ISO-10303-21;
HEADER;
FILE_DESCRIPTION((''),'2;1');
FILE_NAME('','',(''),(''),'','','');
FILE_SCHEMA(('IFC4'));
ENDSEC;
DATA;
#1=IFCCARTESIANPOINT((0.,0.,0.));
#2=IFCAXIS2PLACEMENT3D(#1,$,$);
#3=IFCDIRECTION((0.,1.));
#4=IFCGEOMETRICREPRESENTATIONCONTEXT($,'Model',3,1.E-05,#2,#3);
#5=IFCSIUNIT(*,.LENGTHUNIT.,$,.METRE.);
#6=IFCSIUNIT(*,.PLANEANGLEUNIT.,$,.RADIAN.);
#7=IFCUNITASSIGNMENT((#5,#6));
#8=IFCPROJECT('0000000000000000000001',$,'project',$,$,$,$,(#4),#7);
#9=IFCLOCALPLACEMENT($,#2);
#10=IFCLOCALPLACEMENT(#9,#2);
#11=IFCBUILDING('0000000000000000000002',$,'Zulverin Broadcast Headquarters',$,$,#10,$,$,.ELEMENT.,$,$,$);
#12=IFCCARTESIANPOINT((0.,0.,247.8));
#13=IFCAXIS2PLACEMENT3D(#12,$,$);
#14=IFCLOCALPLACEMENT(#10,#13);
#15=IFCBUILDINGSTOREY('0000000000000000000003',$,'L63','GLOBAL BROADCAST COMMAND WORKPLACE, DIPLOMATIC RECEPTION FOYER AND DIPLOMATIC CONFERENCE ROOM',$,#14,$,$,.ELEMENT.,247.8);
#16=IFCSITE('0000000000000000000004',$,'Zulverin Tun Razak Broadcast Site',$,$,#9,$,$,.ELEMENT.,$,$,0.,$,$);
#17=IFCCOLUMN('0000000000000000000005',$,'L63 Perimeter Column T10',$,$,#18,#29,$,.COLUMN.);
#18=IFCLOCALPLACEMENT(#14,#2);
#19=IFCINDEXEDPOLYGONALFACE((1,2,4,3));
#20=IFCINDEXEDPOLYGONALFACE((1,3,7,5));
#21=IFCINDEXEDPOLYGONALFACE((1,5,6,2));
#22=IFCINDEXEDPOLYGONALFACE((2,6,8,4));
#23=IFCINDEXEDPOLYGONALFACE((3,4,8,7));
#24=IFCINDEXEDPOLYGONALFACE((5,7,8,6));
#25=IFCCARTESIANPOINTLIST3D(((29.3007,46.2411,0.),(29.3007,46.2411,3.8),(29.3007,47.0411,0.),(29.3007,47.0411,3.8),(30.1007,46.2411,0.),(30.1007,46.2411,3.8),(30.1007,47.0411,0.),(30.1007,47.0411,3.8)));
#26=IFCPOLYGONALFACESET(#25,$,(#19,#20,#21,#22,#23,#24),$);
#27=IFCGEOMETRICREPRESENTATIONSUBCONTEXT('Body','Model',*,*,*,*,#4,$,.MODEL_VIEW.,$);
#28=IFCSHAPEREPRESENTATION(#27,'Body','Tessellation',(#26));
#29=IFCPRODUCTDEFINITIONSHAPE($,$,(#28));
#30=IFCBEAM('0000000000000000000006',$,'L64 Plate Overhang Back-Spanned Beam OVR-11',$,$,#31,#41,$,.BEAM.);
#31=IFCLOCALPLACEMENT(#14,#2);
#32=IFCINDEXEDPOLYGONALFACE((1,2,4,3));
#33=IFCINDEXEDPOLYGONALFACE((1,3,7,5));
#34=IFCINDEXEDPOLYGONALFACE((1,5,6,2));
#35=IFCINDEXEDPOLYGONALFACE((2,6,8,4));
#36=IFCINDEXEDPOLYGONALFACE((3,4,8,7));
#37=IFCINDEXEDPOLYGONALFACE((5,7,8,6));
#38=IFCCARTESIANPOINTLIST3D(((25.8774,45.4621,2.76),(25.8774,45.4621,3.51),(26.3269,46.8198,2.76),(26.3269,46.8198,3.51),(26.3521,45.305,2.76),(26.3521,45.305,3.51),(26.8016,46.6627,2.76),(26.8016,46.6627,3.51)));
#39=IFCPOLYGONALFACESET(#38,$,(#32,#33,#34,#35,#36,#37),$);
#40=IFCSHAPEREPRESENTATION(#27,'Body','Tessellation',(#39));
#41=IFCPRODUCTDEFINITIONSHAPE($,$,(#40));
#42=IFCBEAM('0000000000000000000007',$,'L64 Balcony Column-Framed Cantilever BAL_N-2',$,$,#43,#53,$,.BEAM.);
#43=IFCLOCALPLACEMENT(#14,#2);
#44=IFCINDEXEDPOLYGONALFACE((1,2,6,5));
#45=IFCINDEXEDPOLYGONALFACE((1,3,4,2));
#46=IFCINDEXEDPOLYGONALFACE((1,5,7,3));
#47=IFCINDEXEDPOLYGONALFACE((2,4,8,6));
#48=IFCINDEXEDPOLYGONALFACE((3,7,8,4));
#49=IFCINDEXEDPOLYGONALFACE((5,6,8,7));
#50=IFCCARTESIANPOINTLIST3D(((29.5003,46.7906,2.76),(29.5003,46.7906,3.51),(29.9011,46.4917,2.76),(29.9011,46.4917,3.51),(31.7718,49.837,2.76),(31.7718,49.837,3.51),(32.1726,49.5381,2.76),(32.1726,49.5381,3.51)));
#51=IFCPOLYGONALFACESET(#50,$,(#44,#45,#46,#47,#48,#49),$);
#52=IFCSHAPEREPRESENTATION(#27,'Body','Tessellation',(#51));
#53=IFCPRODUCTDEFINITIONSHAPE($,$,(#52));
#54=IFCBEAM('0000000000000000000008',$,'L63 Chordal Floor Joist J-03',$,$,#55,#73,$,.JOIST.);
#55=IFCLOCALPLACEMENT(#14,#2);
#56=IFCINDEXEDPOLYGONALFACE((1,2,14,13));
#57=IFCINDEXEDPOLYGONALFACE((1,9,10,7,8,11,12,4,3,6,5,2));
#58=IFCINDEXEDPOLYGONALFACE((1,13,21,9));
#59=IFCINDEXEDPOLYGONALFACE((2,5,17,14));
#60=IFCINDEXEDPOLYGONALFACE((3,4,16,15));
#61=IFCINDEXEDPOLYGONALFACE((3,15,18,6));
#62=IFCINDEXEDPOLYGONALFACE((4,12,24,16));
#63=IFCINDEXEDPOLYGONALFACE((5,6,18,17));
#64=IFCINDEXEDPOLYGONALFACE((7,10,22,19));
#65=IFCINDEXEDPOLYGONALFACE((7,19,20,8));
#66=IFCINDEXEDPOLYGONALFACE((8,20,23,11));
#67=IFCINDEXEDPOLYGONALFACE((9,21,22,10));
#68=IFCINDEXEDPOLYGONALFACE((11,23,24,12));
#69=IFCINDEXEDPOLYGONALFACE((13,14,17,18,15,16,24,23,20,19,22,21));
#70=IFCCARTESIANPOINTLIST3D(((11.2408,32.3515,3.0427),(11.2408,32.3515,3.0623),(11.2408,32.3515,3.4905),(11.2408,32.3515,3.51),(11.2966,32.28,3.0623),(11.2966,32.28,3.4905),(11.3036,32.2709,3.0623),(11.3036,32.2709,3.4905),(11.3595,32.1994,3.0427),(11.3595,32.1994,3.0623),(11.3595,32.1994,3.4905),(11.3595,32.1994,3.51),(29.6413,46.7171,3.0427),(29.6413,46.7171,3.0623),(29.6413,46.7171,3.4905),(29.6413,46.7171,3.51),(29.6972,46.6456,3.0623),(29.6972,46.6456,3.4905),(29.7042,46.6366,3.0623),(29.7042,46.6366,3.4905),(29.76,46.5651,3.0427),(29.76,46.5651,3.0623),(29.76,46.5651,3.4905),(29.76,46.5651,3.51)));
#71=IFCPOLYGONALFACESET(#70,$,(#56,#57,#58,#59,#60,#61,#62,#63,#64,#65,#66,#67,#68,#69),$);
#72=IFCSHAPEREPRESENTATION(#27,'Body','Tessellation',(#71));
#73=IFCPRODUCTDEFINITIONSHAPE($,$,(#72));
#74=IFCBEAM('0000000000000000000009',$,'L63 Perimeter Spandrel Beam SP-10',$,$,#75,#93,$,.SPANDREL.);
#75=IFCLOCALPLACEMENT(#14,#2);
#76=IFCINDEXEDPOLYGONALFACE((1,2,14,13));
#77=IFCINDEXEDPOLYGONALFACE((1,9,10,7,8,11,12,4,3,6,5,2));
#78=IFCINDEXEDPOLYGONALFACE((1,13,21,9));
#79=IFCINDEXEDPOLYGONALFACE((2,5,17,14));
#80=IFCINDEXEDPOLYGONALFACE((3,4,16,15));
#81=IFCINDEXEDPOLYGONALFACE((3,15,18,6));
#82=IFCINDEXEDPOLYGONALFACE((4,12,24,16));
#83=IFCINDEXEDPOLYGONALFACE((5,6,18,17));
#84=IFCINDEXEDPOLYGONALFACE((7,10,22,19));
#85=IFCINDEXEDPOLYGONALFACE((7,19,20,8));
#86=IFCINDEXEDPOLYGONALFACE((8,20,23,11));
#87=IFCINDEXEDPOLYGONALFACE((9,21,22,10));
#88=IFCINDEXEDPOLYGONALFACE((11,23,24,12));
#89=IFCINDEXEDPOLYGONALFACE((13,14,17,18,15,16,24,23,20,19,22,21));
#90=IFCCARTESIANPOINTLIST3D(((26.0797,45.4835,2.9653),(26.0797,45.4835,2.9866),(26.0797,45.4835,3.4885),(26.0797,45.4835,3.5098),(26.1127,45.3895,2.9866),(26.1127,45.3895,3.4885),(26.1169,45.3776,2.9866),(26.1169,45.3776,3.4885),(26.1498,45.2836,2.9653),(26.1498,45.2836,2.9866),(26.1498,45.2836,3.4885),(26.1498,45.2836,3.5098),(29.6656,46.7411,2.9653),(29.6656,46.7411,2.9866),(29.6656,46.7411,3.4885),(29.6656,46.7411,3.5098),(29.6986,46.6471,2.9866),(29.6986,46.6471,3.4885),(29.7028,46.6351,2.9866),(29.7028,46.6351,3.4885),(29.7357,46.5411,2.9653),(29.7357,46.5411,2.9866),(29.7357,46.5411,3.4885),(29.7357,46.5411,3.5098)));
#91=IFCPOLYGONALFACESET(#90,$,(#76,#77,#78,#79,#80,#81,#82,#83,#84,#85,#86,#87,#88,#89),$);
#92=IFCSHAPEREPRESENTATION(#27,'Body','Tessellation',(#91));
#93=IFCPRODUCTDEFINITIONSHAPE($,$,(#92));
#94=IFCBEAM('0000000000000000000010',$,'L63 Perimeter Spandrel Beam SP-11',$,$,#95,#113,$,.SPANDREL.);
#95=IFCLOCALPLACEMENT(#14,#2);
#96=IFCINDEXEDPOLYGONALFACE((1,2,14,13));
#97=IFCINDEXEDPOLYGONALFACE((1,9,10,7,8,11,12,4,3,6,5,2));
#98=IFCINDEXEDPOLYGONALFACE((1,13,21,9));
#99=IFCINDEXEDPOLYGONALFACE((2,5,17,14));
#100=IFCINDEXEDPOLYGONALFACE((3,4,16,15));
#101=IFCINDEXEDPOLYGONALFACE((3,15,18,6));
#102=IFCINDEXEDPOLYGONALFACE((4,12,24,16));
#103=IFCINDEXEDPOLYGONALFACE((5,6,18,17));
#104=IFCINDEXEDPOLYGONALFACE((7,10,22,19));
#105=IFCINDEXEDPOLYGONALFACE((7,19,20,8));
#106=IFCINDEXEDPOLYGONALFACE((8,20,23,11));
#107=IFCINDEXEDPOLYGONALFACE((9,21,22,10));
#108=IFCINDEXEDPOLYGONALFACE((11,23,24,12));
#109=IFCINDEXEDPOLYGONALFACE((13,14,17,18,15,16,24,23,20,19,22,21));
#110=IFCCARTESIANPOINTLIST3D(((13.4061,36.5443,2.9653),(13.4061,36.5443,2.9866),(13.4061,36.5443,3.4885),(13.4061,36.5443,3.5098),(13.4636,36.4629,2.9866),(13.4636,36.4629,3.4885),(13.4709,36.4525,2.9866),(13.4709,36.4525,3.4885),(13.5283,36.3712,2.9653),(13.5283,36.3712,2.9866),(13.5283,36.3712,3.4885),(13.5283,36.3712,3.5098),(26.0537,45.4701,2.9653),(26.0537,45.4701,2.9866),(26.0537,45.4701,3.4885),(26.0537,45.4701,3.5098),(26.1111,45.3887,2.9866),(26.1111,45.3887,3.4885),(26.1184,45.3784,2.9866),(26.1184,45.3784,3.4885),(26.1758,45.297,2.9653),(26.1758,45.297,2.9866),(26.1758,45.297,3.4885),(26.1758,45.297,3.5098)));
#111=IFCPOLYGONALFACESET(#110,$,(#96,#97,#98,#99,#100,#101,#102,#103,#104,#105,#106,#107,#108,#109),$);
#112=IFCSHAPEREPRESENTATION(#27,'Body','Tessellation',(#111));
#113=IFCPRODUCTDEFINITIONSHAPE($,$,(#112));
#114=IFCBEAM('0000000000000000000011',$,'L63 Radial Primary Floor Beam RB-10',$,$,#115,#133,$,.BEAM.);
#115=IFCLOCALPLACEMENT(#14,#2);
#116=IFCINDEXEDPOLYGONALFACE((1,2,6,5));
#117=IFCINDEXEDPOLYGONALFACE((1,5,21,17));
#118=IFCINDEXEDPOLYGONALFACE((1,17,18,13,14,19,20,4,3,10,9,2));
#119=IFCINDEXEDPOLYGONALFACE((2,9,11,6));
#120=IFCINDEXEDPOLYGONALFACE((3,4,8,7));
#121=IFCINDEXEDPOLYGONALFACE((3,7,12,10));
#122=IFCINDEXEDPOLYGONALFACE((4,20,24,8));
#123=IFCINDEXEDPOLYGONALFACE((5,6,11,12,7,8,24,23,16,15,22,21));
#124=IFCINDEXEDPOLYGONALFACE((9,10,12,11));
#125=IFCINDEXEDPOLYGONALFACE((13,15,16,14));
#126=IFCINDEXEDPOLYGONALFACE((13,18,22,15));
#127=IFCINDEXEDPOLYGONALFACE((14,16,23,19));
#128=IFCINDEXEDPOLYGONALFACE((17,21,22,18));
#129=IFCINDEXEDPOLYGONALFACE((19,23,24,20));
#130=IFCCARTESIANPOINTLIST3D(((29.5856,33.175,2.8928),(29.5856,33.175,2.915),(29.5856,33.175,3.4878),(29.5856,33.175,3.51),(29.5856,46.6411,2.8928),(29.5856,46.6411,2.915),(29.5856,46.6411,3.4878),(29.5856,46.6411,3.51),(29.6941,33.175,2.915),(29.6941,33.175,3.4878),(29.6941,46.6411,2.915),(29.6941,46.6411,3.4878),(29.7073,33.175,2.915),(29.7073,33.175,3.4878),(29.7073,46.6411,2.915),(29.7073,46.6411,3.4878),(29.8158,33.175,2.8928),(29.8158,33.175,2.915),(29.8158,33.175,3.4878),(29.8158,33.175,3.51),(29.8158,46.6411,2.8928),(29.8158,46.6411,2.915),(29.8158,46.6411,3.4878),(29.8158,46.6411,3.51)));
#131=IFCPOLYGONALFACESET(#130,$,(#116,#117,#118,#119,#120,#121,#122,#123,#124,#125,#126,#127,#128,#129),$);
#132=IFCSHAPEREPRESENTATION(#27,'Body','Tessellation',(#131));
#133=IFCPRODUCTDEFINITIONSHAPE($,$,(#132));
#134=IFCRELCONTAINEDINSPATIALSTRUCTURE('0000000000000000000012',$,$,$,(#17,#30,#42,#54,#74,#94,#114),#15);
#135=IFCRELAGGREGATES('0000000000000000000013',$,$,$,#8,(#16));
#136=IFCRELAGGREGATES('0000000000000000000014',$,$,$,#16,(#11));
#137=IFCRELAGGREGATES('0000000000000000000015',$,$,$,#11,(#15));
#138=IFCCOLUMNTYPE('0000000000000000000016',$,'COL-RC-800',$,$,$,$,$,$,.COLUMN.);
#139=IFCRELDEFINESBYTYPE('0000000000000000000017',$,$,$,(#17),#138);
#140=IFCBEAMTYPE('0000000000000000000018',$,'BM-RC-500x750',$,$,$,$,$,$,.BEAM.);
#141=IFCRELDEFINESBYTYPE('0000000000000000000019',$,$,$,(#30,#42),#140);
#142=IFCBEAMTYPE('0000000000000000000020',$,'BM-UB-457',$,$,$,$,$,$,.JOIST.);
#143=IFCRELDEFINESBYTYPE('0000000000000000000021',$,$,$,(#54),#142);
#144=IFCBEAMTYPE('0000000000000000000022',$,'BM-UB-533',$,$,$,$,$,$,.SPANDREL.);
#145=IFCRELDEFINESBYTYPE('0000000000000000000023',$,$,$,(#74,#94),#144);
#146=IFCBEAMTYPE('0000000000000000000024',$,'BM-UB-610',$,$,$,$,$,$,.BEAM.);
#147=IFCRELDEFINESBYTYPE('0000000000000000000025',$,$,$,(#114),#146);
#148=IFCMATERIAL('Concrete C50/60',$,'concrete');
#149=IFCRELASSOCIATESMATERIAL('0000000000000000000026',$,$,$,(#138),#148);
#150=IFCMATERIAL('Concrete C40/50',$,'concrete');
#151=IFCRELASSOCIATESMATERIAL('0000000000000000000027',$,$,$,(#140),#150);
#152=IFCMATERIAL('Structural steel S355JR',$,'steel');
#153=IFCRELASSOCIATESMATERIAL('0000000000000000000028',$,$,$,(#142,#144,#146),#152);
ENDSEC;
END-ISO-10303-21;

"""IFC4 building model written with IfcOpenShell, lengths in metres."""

from ifc_helpers import new_model, si_unit, direction, frame, origin, origin_2d, place, context, subcontext, project, spatial, rectangle, i_section, extrude, material, material_profile, profile_set, type_object, element, save


model = new_model("IFC4")

# Units and contexts
model_context = context("Model", 3, precision=1e-05, world=origin(), true_north=direction((0.0, 1.0)))
body_context = subcontext(model_context, "Body", "Model", "MODEL_VIEW")
ifc_project = project(units=[si_unit("LENGTHUNIT", "METRE"), si_unit("PLANEANGLEUNIT", "RADIAN")], contexts=[model_context])

# Site, building, storey
site_placement = place(None, origin())
site = spatial("IfcSite", under=ifc_project, at=site_placement, Name="Zulverin Tun Razak Broadcast Site", CompositionType="ELEMENT", RefElevation=0.0)
building_placement = place(site_placement, origin())
building = spatial("IfcBuilding", under=site, at=building_placement, Name="Zulverin Broadcast Headquarters", CompositionType="ELEMENT")
storey_placement = place(building_placement, frame((0.0, 0.0, 247.8)))
storey = spatial("IfcBuildingStorey", under=building, at=storey_placement, Name="L63", Description="GLOBAL BROADCAST COMMAND WORKPLACE, DIPLOMATIC RECEPTION FOYER AND DIPLOMATIC CONFERENCE ROOM", CompositionType="ELEMENT", Elevation=247.8)

# Column
ifc_material_1 = material(Name="Concrete C50/60", Category="concrete")
ifc_material_profile_1 = material_profile(ifc_material_1, rectangle(XDim=0.8, YDim=0.8, at=origin_2d()), Name="Concrete C50/60", Category="concrete")
ifc_profile_set_1 = profile_set([ifc_material_profile_1], Name="Concrete C50/60")
column_type = type_object("IfcColumnType", Name="COL-RC-800", PredefinedType="COLUMN", material=ifc_profile_set_1)
column_placement = place(storey_placement, frame((29.7007, 46.6411, 0.0), z_axis=(0.0, 0.0, 1.0), x_axis=(1.0, 0.0, 0.0)))
element("IfcColumn", 1, at=column_placement, inside=storey, type_object=column_type, Name="L63 Perimeter Column T10", PredefinedType="COLUMN", context=body_context, shape_type="SweptSolid", body=[
    extrude(rectangle(XDim=0.8, YDim=0.8, at=origin_2d()), origin(), (0.0, 0.0, 1.0), 3.8),
])

# Beams
ifc_material_2 = material(Name="Concrete C40/50", Category="concrete")
ifc_material_profile_2 = material_profile(ifc_material_2, rectangle(XDim=0.5, YDim=0.75, at=origin_2d()), Name="Concrete C40/50", Category="concrete")
ifc_profile_set_2 = profile_set([ifc_material_profile_2], Name="Concrete C40/50")
beam_type_1 = type_object("IfcBeamType", Name="BM-RC-500x750", PredefinedType="BEAM", material=ifc_profile_set_2)
beam_1_placement = place(storey_placement, frame((26.1147, 45.3835, 3.135), z_axis=(0.314281, 0.94933, 0.0), x_axis=(-0.94933, 0.314281, 0.0)))
element("IfcBeam", 2, at=beam_1_placement, inside=storey, type_object=beam_type_1, Name="L64 Plate Overhang Back-Spanned Beam OVR-11", PredefinedType="BEAM", context=body_context, shape_type="SweptSolid", body=[
    extrude(rectangle(XDim=0.5, YDim=0.75, at=origin_2d()), origin(), (0.0, 0.0, 1.0), 1.4302),
])
beam_2_placement = place(storey_placement, frame((29.7007, 46.6411, 3.135), z_axis=(0.597757, 0.801678, 0.0), x_axis=(-0.801678, 0.597757, 0.0)))
element("IfcBeam", 3, at=beam_2_placement, inside=storey, type_object=beam_type_1, Name="L64 Balcony Column-Framed Cantilever BAL_N-2", PredefinedType="BEAM", context=body_context, shape_type="SweptSolid", body=[
    extrude(rectangle(XDim=0.5, YDim=0.75, at=origin_2d()), origin(), (0.0, 0.0, 1.0), 3.8),
])
ifc_material_3 = material(Name="Structural steel S355JR", Category="steel")
ifc_material_profile_3 = material_profile(ifc_material_3, i_section(OverallWidth=0.1929, OverallDepth=0.4673, WebThickness=0.0115, FlangeThickness=0.0195, at=origin_2d()), Name="Structural steel S355JR", Category="steel")
ifc_profile_set_3 = profile_set([ifc_material_profile_3], Name="Structural steel S355JR")
beam_type_2 = type_object("IfcBeamType", Name="BM-UB-457", PredefinedType="JOIST", material=ifc_profile_set_3)
beam_3_placement = place(storey_placement, frame((29.7007, 46.6411, 3.2764), z_axis=(-0.788227, -0.615384, 0.0), x_axis=(0.615384, -0.788227, 0.0)))
element("IfcBeam", 4, at=beam_3_placement, inside=storey, type_object=beam_type_2, Name="L63 Chordal Floor Joist J-03", PredefinedType="JOIST", context=body_context, shape_type="SweptSolid", body=[
    extrude(i_section(OverallWidth=0.1929, OverallDepth=0.4673, WebThickness=0.0115, FlangeThickness=0.0195, at=origin_2d()), origin(), (0.0, 0.0, 1.0), 23.3442),
])
ifc_material_profile_4 = material_profile(ifc_material_3, i_section(OverallWidth=0.2119, OverallDepth=0.5444, WebThickness=0.0127, FlangeThickness=0.0212, at=origin_2d()), Name="Structural steel S355JR", Category="steel")
ifc_profile_set_4 = profile_set([ifc_material_profile_4], Name="Structural steel S355JR")
beam_type_3 = type_object("IfcBeamType", Name="BM-UB-533", PredefinedType="SPANDREL", material=ifc_profile_set_4)
beam_4_placement = place(storey_placement, frame((29.7007, 46.6411, 3.2375), z_axis=(-0.943654, -0.330934, 0.0), x_axis=(0.330934, -0.943654, 0.0)))
element("IfcBeam", 5, at=beam_4_placement, inside=storey, type_object=beam_type_3, Name="L63 Perimeter Spandrel Beam SP-10", PredefinedType="SPANDREL", context=body_context, shape_type="SweptSolid", body=[
    extrude(i_section(OverallWidth=0.2119, OverallDepth=0.5444, WebThickness=0.0127, FlangeThickness=0.0212, at=origin_2d()), origin(), (0.0, 0.0, 1.0), 3.8),
])
beam_5_placement = place(storey_placement, frame((26.1147, 45.3835, 3.2375), z_axis=(-0.817024, -0.576604, 0.0), x_axis=(0.576604, -0.817024, 0.0)))
element("IfcBeam", 6, at=beam_5_placement, inside=storey, type_object=beam_type_3, Name="L63 Perimeter Spandrel Beam SP-11", PredefinedType="SPANDREL", context=body_context, shape_type="SweptSolid", body=[
    extrude(i_section(OverallWidth=0.2119, OverallDepth=0.5444, WebThickness=0.0127, FlangeThickness=0.0212, at=origin_2d()), origin(), (0.0, 0.0, 1.0), 15.48),
])
ifc_material_profile_5 = material_profile(ifc_material_3, i_section(OverallWidth=0.2302, OverallDepth=0.6172, WebThickness=0.0132, FlangeThickness=0.0222, at=origin_2d()), Name="Structural steel S355JR", Category="steel")
ifc_profile_set_5 = profile_set([ifc_material_profile_5], Name="Structural steel S355JR")
beam_type_4 = type_object("IfcBeamType", Name="BM-UB-610", PredefinedType="BEAM", material=ifc_profile_set_5)
beam_6_placement = place(storey_placement, frame((29.7007, 33.175, 3.2014), z_axis=(0.0, 1.0, 0.0), x_axis=(-1.0, 0.0, 0.0)))
element("IfcBeam", 7, at=beam_6_placement, inside=storey, type_object=beam_type_4, Name="L63 Radial Primary Floor Beam RB-10", PredefinedType="BEAM", context=body_context, shape_type="SweptSolid", body=[
    extrude(i_section(OverallWidth=0.2302, OverallDepth=0.6172, WebThickness=0.0132, FlangeThickness=0.0222, at=origin_2d()), origin(), (0.0, 0.0, 1.0), 13.4661),
])

save(model, "model.ifc")
